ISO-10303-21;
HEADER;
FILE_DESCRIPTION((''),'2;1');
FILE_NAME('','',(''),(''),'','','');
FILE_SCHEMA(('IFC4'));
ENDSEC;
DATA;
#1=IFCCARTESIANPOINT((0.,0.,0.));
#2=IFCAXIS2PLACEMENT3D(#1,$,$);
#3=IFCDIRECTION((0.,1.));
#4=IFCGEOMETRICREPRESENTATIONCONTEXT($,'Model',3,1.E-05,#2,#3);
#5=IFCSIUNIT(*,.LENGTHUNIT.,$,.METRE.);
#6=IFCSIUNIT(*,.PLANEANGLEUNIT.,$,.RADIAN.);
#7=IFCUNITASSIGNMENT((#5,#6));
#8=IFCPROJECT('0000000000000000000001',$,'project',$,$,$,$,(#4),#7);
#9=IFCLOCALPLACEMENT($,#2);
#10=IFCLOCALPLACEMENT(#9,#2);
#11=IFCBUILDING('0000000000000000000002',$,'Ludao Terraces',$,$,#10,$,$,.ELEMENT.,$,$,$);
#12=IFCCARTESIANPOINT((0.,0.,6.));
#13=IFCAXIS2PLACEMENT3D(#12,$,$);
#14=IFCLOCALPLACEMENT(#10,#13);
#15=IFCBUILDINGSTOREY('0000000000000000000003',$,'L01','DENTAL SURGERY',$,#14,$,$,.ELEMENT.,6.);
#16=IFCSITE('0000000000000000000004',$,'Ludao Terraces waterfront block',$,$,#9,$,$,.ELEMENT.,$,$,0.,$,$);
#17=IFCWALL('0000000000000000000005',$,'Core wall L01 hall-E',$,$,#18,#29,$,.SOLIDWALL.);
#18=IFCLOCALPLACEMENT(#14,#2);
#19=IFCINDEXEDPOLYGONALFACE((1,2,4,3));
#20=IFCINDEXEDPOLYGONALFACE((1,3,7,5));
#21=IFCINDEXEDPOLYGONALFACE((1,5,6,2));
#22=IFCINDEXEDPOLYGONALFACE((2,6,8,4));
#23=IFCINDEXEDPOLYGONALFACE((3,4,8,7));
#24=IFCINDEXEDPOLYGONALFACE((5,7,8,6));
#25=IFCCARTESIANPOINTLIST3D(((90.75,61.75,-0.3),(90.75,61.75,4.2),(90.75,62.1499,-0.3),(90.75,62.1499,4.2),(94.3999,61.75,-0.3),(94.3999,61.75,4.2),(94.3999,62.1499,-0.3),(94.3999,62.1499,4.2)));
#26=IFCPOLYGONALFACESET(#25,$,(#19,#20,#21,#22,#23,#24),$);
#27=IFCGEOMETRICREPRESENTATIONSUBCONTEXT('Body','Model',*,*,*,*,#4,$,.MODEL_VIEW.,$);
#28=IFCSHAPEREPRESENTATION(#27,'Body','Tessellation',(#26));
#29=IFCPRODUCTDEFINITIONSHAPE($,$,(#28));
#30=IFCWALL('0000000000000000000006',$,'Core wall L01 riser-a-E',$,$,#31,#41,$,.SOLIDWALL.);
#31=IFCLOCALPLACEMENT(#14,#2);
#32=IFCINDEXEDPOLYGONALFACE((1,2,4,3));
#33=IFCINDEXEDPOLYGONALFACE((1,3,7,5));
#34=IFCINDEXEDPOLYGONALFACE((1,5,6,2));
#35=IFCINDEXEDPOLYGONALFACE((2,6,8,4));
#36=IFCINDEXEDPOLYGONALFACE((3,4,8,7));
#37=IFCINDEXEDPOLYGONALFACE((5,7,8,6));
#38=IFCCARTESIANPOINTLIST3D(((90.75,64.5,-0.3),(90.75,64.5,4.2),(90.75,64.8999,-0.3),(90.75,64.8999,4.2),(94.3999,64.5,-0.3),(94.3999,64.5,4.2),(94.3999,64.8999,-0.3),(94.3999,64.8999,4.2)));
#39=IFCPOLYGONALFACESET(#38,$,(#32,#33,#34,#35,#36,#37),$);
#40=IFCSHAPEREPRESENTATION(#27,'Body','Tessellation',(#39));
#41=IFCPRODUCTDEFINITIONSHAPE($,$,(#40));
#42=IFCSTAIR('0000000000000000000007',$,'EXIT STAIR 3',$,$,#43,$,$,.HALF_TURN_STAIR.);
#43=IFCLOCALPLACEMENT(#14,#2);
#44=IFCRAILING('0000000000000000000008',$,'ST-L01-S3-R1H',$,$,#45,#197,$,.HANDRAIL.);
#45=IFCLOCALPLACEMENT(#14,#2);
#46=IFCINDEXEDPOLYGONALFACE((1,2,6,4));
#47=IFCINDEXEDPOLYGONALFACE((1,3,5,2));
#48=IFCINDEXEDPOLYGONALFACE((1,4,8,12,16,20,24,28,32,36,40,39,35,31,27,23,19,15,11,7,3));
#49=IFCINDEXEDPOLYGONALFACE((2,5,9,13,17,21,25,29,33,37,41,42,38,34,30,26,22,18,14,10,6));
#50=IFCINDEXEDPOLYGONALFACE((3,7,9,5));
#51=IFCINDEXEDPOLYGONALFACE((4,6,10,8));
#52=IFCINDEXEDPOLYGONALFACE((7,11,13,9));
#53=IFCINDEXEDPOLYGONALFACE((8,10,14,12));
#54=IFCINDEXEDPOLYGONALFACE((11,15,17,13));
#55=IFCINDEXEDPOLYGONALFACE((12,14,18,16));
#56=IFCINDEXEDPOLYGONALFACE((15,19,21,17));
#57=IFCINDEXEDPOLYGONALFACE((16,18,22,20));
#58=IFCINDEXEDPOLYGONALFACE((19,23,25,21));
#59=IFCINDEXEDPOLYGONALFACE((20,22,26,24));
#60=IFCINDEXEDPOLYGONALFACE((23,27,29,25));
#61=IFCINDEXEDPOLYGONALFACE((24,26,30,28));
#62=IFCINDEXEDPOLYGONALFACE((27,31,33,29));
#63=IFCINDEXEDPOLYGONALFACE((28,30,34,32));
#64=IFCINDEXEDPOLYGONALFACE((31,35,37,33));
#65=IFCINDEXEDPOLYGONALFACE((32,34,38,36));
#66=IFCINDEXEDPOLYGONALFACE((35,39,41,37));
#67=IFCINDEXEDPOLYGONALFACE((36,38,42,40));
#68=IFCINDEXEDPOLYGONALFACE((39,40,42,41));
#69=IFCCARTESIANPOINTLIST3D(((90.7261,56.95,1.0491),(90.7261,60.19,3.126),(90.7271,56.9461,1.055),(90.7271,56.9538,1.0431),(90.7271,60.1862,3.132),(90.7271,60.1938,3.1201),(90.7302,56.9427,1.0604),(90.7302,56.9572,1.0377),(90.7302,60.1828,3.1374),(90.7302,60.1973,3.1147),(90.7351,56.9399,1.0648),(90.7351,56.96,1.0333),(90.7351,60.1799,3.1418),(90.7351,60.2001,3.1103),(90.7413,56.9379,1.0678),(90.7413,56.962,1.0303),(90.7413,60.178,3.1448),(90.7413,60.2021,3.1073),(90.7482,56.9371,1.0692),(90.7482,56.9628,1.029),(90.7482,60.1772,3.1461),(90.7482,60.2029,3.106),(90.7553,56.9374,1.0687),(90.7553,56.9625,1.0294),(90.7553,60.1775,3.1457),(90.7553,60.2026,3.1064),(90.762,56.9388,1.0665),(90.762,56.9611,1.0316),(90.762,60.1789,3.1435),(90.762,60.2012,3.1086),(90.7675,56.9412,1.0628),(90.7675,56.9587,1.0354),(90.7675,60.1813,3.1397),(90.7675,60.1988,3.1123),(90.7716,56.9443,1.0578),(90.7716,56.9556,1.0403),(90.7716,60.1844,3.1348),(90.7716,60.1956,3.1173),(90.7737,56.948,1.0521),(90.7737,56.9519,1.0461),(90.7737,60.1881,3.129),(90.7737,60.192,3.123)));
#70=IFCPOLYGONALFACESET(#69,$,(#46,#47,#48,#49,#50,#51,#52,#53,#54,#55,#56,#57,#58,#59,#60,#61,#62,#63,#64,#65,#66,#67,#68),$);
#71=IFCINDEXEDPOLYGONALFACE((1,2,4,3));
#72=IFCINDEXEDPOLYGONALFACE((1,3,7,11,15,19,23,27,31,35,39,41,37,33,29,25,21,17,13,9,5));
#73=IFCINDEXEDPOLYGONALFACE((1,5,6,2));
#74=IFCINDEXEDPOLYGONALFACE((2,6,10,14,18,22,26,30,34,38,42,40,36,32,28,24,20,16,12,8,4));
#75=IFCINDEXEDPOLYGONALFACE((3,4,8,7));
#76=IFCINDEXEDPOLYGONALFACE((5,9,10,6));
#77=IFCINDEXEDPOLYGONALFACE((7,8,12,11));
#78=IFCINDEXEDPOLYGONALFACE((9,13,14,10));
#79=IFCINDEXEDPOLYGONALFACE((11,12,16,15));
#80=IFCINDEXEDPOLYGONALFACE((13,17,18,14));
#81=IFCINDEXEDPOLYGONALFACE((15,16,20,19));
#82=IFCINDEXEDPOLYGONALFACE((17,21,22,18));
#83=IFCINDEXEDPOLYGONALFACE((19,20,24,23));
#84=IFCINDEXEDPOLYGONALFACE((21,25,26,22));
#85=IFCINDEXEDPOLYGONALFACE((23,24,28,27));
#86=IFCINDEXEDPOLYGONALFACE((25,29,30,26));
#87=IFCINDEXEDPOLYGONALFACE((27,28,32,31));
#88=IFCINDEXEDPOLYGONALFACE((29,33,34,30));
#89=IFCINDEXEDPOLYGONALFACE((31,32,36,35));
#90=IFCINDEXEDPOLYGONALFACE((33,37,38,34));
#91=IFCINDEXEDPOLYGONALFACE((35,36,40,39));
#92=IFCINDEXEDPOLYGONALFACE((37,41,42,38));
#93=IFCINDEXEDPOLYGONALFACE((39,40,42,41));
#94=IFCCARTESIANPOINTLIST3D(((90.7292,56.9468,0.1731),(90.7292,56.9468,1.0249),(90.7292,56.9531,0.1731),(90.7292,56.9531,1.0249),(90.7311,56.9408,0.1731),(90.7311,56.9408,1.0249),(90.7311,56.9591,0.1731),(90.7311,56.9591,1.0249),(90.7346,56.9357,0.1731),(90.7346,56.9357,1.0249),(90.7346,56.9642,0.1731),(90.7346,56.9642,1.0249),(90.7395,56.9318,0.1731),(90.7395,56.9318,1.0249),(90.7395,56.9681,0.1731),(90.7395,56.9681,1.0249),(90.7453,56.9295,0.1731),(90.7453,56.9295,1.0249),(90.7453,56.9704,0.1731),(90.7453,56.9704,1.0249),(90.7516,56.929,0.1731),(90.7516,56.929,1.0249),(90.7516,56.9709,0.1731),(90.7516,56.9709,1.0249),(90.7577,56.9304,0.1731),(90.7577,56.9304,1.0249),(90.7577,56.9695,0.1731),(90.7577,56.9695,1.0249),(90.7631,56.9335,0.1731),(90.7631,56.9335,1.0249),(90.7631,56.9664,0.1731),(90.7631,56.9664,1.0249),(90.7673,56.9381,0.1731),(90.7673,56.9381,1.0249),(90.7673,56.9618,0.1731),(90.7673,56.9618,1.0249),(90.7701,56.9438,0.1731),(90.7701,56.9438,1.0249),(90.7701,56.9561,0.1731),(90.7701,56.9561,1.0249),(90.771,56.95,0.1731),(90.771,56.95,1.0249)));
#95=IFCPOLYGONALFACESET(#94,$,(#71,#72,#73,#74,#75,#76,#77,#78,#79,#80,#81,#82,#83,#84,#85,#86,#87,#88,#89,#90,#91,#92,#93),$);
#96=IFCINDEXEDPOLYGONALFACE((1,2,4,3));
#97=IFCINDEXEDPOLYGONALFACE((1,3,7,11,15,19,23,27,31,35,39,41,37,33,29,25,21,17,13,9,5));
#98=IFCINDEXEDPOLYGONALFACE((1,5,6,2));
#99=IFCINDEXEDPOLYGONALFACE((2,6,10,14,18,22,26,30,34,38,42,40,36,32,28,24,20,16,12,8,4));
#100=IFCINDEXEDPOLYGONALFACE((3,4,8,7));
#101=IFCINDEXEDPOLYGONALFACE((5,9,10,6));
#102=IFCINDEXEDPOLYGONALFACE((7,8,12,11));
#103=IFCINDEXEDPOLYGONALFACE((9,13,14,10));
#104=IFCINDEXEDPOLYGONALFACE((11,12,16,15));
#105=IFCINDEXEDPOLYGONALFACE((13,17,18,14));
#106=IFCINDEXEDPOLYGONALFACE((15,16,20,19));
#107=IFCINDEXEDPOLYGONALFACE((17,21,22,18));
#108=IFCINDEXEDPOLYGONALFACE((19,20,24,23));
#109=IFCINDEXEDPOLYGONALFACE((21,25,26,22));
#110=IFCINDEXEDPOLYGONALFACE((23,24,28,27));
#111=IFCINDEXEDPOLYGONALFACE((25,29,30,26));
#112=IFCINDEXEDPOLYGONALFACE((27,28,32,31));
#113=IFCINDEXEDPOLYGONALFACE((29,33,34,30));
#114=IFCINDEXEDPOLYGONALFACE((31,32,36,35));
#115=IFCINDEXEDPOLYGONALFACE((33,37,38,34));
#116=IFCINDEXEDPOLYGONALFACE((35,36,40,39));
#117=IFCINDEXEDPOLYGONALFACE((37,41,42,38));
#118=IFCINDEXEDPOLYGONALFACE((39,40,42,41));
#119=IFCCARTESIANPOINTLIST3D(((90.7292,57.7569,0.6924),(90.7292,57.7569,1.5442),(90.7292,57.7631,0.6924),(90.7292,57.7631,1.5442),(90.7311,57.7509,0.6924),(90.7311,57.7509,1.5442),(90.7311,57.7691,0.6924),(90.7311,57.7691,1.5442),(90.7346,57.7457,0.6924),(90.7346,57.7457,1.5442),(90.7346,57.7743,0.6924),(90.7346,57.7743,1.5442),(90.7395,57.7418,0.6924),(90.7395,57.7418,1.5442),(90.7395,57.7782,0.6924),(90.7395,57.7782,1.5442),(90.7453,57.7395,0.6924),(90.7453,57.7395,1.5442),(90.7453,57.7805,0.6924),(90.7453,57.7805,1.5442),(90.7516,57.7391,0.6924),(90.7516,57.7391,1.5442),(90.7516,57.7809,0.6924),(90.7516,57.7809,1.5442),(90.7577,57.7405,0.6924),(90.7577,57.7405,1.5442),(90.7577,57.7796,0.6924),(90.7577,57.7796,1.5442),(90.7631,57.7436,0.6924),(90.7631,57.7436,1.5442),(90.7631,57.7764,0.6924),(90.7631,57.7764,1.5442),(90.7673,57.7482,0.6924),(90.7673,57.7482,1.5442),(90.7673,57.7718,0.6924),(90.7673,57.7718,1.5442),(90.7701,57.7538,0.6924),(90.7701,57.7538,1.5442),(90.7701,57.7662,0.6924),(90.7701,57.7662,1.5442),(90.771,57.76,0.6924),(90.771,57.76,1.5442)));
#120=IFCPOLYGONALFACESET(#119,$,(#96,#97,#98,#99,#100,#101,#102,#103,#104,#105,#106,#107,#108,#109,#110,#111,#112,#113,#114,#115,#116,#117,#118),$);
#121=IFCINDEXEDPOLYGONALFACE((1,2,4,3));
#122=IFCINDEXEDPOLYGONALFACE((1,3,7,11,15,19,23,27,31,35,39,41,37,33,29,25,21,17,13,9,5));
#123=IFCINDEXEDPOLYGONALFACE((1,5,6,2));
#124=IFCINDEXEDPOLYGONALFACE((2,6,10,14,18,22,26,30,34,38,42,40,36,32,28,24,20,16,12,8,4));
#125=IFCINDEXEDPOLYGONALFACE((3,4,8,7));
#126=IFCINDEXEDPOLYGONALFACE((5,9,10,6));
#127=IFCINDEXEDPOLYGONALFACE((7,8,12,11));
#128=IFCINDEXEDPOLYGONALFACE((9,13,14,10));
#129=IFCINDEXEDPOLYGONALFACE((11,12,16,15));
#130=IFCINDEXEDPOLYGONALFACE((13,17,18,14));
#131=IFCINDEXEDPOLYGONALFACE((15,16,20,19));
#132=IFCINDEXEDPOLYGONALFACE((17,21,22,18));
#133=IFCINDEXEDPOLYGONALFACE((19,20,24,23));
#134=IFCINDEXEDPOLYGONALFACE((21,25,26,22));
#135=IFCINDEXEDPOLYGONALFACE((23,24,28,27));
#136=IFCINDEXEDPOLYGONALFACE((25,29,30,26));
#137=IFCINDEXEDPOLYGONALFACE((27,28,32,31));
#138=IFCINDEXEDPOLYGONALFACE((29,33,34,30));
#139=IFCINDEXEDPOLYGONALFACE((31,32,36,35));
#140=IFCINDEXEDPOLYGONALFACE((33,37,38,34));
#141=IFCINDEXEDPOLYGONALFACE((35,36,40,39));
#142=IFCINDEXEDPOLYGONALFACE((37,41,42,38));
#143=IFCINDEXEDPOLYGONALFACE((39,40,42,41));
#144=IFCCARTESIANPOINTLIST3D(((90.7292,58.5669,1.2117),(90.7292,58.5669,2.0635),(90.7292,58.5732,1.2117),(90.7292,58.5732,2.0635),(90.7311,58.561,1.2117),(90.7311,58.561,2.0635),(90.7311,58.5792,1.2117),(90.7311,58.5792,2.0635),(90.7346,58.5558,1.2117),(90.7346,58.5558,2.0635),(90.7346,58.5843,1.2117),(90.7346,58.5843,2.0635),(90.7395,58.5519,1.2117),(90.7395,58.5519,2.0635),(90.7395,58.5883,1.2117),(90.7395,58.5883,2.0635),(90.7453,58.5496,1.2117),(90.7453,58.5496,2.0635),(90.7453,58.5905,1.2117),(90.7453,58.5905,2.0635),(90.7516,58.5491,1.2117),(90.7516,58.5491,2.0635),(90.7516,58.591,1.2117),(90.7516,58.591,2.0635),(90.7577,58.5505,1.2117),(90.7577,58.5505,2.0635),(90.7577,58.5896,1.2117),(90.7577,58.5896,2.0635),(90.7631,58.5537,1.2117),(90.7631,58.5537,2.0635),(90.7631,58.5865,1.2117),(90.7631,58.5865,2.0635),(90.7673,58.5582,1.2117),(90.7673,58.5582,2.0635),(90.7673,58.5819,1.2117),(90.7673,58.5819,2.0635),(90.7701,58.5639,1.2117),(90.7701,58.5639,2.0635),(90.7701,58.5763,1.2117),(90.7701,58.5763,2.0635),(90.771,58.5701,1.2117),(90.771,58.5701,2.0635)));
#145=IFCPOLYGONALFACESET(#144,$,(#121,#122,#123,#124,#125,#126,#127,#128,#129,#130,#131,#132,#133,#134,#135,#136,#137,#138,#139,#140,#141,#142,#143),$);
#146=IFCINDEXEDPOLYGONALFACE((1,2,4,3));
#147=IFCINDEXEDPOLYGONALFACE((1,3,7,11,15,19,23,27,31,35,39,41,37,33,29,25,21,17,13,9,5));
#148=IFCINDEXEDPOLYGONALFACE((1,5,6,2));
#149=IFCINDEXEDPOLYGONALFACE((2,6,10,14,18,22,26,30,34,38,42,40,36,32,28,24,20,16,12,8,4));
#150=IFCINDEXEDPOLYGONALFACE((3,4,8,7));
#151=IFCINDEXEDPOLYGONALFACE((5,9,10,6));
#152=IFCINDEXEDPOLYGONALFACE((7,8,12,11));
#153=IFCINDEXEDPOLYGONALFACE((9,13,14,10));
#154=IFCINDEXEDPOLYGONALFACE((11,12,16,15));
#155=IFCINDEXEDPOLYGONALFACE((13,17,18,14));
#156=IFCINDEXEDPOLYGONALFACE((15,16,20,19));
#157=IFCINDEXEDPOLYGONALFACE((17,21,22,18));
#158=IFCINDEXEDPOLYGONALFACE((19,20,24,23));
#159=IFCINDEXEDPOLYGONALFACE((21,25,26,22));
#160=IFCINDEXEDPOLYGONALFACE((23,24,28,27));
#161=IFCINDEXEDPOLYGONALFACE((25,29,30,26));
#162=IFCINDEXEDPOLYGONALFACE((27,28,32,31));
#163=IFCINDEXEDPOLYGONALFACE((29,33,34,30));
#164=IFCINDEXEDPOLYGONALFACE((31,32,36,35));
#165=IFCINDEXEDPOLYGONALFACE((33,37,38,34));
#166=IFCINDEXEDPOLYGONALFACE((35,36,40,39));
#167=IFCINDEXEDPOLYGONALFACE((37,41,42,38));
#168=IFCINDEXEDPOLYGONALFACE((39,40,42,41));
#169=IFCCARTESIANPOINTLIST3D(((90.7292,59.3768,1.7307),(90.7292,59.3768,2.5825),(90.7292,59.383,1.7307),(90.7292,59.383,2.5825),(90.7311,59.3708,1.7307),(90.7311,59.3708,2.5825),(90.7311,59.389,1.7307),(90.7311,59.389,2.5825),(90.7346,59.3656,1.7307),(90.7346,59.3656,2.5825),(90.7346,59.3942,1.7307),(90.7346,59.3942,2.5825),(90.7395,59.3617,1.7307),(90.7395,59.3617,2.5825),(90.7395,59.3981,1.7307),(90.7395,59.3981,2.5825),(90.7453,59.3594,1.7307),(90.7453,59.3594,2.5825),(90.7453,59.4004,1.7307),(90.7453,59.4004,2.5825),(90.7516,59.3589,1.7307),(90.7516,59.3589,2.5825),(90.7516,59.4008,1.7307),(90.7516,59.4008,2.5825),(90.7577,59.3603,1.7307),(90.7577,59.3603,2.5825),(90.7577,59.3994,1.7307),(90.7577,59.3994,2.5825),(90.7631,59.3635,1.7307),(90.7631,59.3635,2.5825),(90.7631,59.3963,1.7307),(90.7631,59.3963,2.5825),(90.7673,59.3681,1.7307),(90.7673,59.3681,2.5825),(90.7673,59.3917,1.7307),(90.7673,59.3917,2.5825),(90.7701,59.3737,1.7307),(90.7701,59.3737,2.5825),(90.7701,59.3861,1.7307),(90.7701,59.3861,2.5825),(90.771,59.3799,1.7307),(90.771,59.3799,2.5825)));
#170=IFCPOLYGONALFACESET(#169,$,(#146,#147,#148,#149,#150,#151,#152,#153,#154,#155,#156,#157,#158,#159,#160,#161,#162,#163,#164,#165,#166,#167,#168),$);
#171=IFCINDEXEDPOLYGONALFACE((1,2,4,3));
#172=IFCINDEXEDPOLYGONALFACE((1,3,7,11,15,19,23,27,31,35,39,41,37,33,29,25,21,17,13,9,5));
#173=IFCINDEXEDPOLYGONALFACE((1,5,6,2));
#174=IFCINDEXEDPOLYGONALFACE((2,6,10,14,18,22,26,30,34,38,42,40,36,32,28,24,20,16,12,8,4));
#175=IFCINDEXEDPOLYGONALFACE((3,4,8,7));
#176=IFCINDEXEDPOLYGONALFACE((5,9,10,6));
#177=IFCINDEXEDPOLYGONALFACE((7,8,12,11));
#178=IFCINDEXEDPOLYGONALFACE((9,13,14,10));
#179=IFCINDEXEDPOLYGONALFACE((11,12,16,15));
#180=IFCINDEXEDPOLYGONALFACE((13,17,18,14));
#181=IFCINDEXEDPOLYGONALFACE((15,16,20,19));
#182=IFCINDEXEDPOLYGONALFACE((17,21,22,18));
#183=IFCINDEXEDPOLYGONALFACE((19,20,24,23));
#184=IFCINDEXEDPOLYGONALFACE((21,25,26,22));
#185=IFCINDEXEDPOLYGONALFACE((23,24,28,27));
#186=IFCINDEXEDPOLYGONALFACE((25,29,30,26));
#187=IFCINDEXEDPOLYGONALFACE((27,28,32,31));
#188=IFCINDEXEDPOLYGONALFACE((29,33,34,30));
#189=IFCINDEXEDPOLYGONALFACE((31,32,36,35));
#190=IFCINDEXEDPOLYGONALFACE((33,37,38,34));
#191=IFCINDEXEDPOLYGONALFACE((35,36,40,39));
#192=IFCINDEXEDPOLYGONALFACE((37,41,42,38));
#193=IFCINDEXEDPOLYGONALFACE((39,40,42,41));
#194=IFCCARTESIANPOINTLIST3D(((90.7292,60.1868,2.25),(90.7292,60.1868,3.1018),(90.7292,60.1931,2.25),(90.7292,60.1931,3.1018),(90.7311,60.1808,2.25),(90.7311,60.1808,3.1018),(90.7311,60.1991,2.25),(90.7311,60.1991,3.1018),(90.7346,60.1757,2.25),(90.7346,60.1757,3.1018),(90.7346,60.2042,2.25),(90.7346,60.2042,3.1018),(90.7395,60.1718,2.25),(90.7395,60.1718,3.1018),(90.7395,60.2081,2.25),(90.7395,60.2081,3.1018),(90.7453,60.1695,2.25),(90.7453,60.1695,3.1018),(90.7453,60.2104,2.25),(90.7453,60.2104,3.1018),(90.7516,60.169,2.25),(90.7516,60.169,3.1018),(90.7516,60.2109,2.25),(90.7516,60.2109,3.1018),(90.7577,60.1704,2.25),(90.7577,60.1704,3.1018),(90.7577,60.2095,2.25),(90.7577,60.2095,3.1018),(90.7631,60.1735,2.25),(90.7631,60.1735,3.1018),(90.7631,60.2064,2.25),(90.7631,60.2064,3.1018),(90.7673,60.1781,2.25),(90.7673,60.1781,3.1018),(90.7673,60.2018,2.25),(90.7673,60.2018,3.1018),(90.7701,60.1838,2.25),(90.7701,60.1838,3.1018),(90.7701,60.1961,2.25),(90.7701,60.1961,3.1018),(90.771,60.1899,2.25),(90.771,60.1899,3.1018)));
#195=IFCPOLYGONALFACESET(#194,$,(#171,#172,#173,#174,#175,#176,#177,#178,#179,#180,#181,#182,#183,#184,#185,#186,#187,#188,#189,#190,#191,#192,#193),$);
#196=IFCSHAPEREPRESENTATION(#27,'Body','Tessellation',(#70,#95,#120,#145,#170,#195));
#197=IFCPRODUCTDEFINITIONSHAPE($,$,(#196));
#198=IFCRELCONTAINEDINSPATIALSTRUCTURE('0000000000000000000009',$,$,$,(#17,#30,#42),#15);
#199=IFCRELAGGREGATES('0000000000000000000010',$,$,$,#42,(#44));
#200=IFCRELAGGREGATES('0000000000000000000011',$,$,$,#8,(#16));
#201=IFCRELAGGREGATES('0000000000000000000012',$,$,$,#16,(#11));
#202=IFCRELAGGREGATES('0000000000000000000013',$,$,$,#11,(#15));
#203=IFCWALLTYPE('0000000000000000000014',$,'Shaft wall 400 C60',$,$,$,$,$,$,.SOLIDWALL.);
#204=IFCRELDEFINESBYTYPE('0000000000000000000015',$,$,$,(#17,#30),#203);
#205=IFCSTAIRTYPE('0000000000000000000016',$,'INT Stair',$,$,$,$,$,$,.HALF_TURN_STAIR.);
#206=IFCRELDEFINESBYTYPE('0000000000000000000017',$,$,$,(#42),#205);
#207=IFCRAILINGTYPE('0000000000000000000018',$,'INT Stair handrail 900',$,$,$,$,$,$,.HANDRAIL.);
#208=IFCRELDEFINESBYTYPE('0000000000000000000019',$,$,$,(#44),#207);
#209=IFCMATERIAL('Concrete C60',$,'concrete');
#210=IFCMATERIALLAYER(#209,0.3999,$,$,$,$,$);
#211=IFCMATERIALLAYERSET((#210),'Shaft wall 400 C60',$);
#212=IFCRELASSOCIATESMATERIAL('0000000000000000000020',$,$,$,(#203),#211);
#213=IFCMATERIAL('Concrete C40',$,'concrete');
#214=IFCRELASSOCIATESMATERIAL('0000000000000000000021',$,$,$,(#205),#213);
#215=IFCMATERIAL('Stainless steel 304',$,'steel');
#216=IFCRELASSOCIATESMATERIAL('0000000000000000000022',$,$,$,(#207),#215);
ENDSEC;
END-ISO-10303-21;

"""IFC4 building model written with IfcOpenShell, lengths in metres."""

from ifc_helpers import new_model, si_unit, direction, frame, frame_2d, origin, origin_2d, place, context, subcontext, project, spatial, rectangle, circle, extrude, material, layer, layer_set, type_object, element, aggregate, save


model = new_model("IFC4")

# Units and contexts
model_context = context("Model", 3, precision=1e-05, world=origin(), true_north=direction((0.0, 1.0)))
body_context = subcontext(model_context, "Body", "Model", "MODEL_VIEW")
ifc_project = project(units=[si_unit("LENGTHUNIT", "METRE"), si_unit("PLANEANGLEUNIT", "RADIAN")], contexts=[model_context])

# Site, building, storey
site_placement = place(None, origin())
site = spatial("IfcSite", under=ifc_project, at=site_placement, Name="Ludao Terraces waterfront block", CompositionType="ELEMENT", RefElevation=0.0)
building_placement = place(site_placement, origin())
building = spatial("IfcBuilding", under=site, at=building_placement, Name="Ludao Terraces", CompositionType="ELEMENT")
storey_placement = place(building_placement, frame((0.0, 0.0, 6.0)))
storey = spatial("IfcBuildingStorey", under=building, at=storey_placement, Name="L01", Description="DENTAL SURGERY", CompositionType="ELEMENT", Elevation=6.0)

# Shared definitions
ifc_material_1 = material(Name="Concrete C60", Category="concrete")
ifc_layer_1 = layer(ifc_material_1, 0.3999)
ifc_layer_set_1 = layer_set([ifc_layer_1], Name="Shaft wall 400 C60")
wall_type_1 = type_object("IfcWallType", Name="Shaft wall 400 C60", PredefinedType="SOLIDWALL", material=ifc_layer_set_1)

# Shared definitions
ifc_material_2 = material(Name="Stainless steel 304", Category="steel")

# Walls
for number, where, z_axis, x_axis, name in (
    (1, (90.75, 61.95, -0.3), (0.0, 0.0, 1.0), (1.0, 0.0, 0.0), "Core wall L01 hall-E"),
    (2, (90.75, 64.7, -0.3), (0.0, 0.0, 1.0), (1.0, 0.0, 0.0), "Core wall L01 riser-a-E"),
):
    element("IfcWall", number, at=place(storey_placement, frame(where, z_axis=z_axis, x_axis=x_axis)), inside=storey, type_object=wall_type_1, Name=name, PredefinedType="SOLIDWALL", context=body_context, shape_type="SweptSolid", body=[
        extrude(rectangle(XDim=3.6499, YDim=0.3999, at=frame_2d((1.825, 0.0))), origin(), (0.0, 0.0, 1.0), 4.5),
    ])

# Stair, railing
ifc_material_3 = material(Name="Concrete C40", Category="concrete")
stair_type = type_object("IfcStairType", Name="INT Stair", PredefinedType="HALF_TURN_STAIR", material=ifc_material_3)
stair_placement = place(storey_placement, origin())
stair = element("IfcStair", 3, at=stair_placement, inside=storey, type_object=stair_type, Name="EXIT STAIR 3", PredefinedType="HALF_TURN_STAIR")
railing_type = type_object("IfcRailingType", Name="INT Stair handrail 900", PredefinedType="HANDRAIL", material=ifc_material_2)
railing_placement = place(storey_placement, frame((90.75, 56.95, 0.1731)))
railing = element("IfcRailing", 4, at=railing_placement, type_object=railing_type, Name="ST-L01-S3-R1H", PredefinedType="HANDRAIL", context=body_context, shape_type="SweptSolid", body=[
    extrude(circle(Radius=0.0239, at=origin_2d()), frame((0.0, 0.0, 0.876), z_axis=(0.0, 0.841881, 0.539664), x_axis=(-1.0, 0.0, 0.0)), (0.0, 0.0, 1.0), 3.8486),
    extrude(circle(Radius=0.021, at=origin_2d()), origin(), (0.0, 0.0, 1.0), 0.8518),
    extrude(circle(Radius=0.021, at=origin_2d()), frame((0.0, 0.8101, 0.5193)), (0.0, 0.0, 1.0), 0.8518),
    extrude(circle(Radius=0.021, at=origin_2d()), frame((0.0, 1.6201, 1.0386)), (0.0, 0.0, 1.0), 0.8518),
    extrude(circle(Radius=0.021, at=origin_2d()), frame((0.0, 2.4299, 1.5576)), (0.0, 0.0, 1.0), 0.8518),
    extrude(circle(Radius=0.021, at=origin_2d()), frame((0.0, 3.24, 2.0769)), (0.0, 0.0, 1.0), 0.8518),
])
aggregate(stair, [railing])

save(model, "model.ifc")
